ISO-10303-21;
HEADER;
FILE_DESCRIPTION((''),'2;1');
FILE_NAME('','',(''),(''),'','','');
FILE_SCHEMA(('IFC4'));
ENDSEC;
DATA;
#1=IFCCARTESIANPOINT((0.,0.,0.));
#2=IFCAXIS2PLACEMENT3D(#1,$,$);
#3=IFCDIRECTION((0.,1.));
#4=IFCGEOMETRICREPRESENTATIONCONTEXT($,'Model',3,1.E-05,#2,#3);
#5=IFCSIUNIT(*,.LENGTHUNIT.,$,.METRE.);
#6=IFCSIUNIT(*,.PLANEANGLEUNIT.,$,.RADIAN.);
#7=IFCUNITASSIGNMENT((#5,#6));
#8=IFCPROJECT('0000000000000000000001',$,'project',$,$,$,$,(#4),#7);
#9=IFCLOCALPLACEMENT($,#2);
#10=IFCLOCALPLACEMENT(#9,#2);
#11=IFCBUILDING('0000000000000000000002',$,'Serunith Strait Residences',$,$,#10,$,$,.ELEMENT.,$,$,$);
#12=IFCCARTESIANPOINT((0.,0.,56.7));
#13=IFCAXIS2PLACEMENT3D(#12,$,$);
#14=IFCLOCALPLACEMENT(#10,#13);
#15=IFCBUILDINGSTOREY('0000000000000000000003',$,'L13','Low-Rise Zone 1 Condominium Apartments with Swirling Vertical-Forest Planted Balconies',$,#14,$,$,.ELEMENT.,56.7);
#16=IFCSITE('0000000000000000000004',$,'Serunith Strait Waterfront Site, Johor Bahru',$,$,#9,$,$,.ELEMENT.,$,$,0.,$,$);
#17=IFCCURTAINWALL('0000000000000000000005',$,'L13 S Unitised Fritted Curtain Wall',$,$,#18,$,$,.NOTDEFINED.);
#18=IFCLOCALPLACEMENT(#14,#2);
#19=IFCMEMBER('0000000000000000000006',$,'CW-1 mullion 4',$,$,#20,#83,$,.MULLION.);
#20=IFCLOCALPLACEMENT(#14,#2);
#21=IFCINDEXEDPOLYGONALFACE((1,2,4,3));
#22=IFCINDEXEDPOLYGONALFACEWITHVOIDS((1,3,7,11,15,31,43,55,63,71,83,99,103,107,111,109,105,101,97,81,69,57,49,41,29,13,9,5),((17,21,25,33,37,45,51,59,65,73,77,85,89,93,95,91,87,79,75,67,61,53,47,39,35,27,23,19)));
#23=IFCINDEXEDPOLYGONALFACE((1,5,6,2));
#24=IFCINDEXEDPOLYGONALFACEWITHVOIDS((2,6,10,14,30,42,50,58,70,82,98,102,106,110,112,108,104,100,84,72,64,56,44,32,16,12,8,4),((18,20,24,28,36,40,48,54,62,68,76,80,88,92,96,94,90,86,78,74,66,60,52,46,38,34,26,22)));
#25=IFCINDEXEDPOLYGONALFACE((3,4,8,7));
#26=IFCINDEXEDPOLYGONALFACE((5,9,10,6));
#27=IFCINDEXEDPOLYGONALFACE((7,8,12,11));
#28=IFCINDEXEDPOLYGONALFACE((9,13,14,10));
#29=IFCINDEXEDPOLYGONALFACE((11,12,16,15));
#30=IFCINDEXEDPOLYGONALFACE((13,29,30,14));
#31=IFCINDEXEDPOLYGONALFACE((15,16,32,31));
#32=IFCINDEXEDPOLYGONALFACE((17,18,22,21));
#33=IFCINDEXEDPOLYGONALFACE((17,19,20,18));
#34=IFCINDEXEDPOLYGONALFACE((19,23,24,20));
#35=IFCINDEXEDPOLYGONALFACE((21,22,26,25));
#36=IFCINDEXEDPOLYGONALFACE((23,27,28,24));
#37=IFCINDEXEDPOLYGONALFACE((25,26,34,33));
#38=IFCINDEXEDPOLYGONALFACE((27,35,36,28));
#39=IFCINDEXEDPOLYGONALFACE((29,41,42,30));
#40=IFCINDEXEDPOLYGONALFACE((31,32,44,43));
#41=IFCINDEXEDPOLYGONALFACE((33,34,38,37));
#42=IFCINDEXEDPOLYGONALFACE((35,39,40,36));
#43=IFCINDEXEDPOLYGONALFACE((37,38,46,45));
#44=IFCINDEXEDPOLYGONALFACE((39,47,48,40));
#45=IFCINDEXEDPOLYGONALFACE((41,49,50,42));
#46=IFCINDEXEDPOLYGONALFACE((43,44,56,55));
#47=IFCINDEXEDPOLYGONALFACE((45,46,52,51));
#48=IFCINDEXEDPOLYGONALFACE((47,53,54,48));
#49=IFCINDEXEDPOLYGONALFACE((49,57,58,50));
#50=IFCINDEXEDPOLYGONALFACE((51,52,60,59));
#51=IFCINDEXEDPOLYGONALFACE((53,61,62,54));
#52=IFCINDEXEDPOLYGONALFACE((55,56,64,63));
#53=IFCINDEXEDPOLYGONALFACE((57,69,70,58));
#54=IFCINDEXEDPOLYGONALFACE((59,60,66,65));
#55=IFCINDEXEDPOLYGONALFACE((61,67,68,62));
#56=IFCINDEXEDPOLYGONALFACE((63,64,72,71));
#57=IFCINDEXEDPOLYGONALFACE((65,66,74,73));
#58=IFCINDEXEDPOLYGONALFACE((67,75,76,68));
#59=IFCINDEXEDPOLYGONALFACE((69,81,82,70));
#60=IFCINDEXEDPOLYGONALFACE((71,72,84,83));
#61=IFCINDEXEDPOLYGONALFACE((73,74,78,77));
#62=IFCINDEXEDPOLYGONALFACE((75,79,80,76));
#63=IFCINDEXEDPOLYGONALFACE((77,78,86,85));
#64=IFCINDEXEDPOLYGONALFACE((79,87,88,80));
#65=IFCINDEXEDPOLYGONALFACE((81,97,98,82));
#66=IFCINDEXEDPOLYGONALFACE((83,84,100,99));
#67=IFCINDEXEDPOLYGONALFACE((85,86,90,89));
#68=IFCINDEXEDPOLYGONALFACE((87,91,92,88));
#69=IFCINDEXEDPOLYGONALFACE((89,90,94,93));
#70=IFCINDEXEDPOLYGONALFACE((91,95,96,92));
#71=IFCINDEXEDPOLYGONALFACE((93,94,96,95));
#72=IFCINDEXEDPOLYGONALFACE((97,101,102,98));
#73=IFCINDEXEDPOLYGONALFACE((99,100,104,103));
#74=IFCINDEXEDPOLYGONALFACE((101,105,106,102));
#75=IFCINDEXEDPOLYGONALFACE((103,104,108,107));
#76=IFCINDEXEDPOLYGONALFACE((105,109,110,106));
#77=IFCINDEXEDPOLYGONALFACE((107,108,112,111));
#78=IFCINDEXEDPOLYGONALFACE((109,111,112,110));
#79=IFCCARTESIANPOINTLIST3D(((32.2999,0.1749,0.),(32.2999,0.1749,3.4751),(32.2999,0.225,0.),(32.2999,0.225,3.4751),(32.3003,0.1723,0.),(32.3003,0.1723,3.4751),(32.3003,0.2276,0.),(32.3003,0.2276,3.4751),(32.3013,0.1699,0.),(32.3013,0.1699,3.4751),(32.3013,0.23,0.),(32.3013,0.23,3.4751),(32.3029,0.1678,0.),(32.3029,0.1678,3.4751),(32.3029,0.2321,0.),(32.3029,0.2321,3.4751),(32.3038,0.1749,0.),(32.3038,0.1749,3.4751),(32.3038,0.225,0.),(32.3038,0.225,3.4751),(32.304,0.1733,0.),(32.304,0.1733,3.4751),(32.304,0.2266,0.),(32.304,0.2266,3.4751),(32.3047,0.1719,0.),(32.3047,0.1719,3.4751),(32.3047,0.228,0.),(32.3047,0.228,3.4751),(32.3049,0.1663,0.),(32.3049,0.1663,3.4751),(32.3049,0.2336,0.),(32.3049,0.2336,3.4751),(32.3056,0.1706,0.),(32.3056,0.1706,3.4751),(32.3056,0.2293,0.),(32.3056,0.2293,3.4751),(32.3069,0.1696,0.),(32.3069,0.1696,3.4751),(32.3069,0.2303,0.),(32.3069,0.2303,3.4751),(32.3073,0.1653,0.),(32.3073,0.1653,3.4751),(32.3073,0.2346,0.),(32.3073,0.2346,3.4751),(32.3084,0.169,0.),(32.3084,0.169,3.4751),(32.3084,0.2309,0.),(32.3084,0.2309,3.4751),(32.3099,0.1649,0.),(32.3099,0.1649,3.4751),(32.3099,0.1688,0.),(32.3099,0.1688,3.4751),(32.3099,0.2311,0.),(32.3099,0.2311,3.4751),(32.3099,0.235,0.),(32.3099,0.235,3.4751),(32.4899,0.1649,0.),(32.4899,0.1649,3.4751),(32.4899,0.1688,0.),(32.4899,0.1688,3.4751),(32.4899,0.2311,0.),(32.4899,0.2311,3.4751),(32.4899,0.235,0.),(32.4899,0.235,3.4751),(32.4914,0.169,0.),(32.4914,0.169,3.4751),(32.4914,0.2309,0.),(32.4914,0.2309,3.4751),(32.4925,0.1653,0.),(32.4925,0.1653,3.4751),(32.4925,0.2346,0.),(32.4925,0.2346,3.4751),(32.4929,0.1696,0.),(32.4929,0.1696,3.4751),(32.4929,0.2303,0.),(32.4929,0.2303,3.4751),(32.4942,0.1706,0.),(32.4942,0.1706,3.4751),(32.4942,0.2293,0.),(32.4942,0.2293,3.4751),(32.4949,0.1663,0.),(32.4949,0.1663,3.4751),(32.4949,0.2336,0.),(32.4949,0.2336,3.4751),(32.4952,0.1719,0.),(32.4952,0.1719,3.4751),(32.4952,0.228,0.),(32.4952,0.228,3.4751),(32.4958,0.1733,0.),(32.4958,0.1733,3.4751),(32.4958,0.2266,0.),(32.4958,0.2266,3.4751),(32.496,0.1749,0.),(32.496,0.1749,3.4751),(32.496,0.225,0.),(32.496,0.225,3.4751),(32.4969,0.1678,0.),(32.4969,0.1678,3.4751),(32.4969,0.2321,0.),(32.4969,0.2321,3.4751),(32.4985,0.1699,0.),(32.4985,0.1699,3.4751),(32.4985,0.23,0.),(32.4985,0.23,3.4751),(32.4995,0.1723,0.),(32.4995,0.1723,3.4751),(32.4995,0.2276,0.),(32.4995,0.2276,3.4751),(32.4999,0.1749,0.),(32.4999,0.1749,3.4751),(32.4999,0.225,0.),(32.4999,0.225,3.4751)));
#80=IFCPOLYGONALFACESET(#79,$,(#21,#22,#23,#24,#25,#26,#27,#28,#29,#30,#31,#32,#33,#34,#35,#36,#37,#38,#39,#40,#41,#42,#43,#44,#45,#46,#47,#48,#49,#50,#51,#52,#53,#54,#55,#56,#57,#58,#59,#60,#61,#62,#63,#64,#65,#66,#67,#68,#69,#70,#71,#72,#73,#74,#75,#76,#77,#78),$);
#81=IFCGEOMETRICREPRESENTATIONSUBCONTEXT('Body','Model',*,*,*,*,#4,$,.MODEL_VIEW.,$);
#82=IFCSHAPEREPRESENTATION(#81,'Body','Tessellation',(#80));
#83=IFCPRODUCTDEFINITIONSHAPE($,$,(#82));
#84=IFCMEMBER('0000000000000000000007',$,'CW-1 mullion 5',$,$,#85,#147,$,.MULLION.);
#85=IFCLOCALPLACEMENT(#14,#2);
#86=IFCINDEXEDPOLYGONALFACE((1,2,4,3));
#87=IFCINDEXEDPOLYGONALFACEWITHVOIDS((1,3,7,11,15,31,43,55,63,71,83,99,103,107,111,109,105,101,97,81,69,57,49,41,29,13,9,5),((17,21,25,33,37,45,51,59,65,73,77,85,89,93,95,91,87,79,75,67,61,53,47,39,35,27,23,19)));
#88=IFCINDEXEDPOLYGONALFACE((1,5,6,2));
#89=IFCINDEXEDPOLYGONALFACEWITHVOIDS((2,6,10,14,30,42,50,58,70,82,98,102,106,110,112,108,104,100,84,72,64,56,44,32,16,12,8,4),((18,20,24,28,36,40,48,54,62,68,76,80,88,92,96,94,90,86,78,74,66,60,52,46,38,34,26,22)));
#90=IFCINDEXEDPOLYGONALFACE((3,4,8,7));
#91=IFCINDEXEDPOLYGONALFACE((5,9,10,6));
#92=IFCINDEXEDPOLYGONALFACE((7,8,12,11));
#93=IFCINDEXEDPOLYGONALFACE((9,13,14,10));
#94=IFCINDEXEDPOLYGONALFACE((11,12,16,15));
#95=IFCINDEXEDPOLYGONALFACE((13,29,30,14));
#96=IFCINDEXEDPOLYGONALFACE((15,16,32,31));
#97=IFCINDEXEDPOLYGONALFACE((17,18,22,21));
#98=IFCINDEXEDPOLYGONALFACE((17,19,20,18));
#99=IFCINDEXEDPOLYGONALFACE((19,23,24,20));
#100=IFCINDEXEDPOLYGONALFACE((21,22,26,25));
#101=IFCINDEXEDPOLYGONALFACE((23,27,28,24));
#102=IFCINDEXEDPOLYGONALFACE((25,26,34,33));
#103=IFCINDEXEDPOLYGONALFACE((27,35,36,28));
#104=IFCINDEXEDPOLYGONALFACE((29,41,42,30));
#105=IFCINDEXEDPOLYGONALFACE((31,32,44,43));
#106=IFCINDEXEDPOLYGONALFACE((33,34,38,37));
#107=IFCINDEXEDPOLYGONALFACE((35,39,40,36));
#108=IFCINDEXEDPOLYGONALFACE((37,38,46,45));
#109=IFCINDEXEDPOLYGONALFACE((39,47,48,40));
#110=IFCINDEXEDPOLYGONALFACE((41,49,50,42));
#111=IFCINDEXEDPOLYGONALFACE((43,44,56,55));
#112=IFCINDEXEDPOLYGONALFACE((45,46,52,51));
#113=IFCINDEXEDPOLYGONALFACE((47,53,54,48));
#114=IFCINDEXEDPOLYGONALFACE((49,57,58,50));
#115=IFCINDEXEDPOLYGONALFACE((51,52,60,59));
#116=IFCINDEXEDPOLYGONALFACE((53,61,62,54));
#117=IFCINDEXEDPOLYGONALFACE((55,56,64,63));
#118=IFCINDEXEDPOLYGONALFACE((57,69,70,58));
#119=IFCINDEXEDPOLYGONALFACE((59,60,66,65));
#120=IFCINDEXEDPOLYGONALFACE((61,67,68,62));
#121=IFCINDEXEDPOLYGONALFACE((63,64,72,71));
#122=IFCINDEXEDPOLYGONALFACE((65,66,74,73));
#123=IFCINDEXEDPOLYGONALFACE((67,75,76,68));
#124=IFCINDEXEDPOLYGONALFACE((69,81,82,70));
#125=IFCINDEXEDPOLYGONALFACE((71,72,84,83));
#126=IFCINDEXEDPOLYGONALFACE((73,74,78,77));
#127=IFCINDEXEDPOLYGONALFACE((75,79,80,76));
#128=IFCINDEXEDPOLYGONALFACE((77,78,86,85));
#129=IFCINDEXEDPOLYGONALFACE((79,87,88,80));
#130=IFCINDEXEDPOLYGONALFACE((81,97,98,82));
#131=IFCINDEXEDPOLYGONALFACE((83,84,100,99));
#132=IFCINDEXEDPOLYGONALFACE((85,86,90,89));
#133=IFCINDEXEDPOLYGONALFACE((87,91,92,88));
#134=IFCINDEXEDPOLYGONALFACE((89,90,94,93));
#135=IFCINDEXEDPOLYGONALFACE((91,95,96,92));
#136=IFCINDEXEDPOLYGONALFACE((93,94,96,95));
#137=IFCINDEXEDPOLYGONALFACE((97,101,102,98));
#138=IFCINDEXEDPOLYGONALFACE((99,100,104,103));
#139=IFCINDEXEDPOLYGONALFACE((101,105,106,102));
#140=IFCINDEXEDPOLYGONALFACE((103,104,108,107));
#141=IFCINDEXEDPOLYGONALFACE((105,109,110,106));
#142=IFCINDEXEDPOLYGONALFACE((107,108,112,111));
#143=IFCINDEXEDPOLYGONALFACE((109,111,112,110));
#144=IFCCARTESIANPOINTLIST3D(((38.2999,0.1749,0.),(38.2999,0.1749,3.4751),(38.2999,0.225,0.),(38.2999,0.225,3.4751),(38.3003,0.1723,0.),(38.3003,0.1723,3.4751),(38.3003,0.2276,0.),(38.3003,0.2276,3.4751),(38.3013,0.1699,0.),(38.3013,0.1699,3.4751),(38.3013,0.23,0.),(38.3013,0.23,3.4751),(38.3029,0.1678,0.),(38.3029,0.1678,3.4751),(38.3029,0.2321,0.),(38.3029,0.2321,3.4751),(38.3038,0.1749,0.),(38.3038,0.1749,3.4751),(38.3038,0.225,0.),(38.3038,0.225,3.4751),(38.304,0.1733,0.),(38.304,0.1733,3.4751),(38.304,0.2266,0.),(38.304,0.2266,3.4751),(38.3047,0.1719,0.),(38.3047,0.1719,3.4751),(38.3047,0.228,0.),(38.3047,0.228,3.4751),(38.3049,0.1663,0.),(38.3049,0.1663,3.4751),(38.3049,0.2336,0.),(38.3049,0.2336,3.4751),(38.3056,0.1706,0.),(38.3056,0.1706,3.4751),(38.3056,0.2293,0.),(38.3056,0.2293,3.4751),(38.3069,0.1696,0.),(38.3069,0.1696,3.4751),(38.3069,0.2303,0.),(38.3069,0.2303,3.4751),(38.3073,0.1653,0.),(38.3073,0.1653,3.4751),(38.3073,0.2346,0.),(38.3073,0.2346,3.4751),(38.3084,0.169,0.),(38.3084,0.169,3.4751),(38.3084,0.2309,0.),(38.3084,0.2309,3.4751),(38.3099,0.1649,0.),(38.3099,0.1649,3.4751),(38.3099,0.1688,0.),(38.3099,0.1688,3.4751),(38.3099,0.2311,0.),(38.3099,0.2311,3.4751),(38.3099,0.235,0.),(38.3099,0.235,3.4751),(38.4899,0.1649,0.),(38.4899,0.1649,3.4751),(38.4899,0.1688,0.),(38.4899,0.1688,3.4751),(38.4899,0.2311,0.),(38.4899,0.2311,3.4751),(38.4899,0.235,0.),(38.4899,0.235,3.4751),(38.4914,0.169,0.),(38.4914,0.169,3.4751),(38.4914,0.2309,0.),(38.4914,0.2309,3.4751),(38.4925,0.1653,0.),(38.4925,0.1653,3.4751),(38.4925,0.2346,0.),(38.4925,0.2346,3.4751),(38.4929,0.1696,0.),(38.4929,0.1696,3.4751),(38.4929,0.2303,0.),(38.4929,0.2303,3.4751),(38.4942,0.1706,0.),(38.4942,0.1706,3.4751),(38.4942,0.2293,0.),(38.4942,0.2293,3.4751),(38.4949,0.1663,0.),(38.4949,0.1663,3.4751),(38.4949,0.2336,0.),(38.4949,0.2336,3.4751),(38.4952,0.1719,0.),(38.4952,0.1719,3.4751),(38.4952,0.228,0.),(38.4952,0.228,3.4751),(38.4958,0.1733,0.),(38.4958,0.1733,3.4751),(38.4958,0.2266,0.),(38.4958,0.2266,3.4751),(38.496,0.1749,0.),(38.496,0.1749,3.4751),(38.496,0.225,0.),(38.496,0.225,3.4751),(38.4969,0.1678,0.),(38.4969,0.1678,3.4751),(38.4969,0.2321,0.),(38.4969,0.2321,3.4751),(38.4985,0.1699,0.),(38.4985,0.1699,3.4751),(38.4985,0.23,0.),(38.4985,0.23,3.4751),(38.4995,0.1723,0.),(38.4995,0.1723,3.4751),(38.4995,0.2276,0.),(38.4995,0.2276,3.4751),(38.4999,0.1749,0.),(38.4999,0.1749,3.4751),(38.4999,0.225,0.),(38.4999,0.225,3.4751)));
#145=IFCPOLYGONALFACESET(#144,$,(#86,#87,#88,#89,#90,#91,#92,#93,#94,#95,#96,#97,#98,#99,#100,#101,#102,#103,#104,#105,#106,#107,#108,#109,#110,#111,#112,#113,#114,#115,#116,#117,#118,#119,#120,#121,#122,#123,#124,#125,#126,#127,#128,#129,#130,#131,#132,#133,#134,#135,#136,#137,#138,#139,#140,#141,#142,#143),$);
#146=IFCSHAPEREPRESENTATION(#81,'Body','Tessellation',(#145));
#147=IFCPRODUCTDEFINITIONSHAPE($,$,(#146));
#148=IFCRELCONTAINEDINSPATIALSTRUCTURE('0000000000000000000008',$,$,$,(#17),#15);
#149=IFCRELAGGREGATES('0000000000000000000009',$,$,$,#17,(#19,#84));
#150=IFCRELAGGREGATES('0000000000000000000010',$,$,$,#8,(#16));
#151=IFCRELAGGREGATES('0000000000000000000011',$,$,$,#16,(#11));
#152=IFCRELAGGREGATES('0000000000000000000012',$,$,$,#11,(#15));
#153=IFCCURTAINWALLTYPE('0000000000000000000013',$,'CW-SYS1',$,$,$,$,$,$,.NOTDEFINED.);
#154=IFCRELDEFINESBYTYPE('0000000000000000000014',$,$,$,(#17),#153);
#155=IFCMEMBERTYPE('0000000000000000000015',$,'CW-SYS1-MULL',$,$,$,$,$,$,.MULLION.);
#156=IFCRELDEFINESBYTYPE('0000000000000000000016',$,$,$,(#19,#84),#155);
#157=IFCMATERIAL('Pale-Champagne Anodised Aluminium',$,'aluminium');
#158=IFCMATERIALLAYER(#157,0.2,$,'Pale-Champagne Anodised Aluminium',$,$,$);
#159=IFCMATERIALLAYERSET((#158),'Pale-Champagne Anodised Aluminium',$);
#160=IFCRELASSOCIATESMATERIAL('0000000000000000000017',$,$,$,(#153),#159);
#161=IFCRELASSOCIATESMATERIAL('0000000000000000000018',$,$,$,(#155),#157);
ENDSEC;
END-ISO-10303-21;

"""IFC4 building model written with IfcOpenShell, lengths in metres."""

from ifc_helpers import new_model, si_unit, direction, frame, origin, origin_2d, place, context, subcontext, project, spatial, hollow_rectangle, extrude, source, transform, mapped, material, layer, layer_set, material_profile, profile_set, type_object, element, aggregate, save


model = new_model("IFC4")

# Units and contexts
model_context = context("Model", 3, precision=1e-05, world=origin(), true_north=direction((0.0, 1.0)))
body_context = subcontext(model_context, "Body", "Model", "MODEL_VIEW")
ifc_project = project(units=[si_unit("LENGTHUNIT", "METRE"), si_unit("PLANEANGLEUNIT", "RADIAN")], contexts=[model_context])

# Site, building, storey
site_placement = place(None, origin())
site = spatial("IfcSite", under=ifc_project, at=site_placement, Name="Serunith Strait Waterfront Site, Johor Bahru", CompositionType="ELEMENT", RefElevation=0.0)
building_placement = place(site_placement, origin())
building = spatial("IfcBuilding", under=site, at=building_placement, Name="Serunith Strait Residences", CompositionType="ELEMENT")
storey_placement = place(building_placement, frame((0.0, 0.0, 56.7)))
storey = spatial("IfcBuildingStorey", under=building, at=storey_placement, Name="L13", Description="Low-Rise Zone 1 Condominium Apartments with Swirling Vertical-Forest Planted Balconies", CompositionType="ELEMENT", Elevation=56.7)

# Curtain wall, members
ifc_material_1 = material(Name="Pale-Champagne Anodised Aluminium", Category="aluminium")
ifc_layer_1 = layer(ifc_material_1, 0.2, Name="Pale-Champagne Anodised Aluminium")
ifc_layer_set_1 = layer_set([ifc_layer_1], Name="Pale-Champagne Anodised Aluminium")
curtain_wall_type = type_object("IfcCurtainWallType", Name="CW-SYS1", PredefinedType="NOTDEFINED", material=ifc_layer_set_1)
curtain_wall_placement = place(storey_placement, origin())
curtain_wall = element("IfcCurtainWall", 1, at=curtain_wall_placement, inside=storey, type_object=curtain_wall_type, Name="L13 S Unitised Fritted Curtain Wall", PredefinedType="NOTDEFINED")
ifc_material_profile_1 = material_profile(ifc_material_1, hollow_rectangle(XDim=0.0701, YDim=0.2, WallThickness=0.0039, InnerFilletRadius=0.0061, OuterFilletRadius=0.01, at=origin_2d()), Name="ALU 200x70x4")
ifc_profile_set_1 = profile_set([ifc_material_profile_1], Name="Pale-Champagne Anodised Aluminium")
member_type_1 = type_object("IfcMemberType", Name="CW-SYS1-MULL", PredefinedType="MULLION", material=ifc_profile_set_1)
shared_shape_1 = source(origin(), body_context, "Body", "SweptSolid", [
    extrude(hollow_rectangle(XDim=0.0701, YDim=0.2, WallThickness=0.0039, InnerFilletRadius=0.0061, OuterFilletRadius=0.01, at=origin_2d()), origin(), (0.0, 0.0, 1.0), 3.4751),
])
member_1_placement = place(storey_placement, frame((32.3999, 0.2, 0.0), z_axis=(0.0, 0.0, 1.0), x_axis=(0.0, 1.0, 0.0)))
member_1 = element("IfcMember", 2, at=member_1_placement, type_object=member_type_1, Name="CW-1 mullion 4", PredefinedType="MULLION", context=body_context, shape_type="MappedRepresentation", body=[
    mapped(shared_shape_1, transform((0.0, 0.0, 0.0), scale=1.0)),
])
member_2_placement = place(storey_placement, frame((38.3999, 0.2, 0.0), z_axis=(0.0, 0.0, 1.0), x_axis=(0.0, 1.0, 0.0)))
member_2 = element("IfcMember", 3, at=member_2_placement, type_object=member_type_1, Name="CW-1 mullion 5", PredefinedType="MULLION", context=body_context, shape_type="MappedRepresentation", body=[
    mapped(shared_shape_1, transform((0.0, 0.0, 0.0), scale=1.0)),
])
aggregate(curtain_wall, [member_1, member_2])

save(model, "model.ifc")
